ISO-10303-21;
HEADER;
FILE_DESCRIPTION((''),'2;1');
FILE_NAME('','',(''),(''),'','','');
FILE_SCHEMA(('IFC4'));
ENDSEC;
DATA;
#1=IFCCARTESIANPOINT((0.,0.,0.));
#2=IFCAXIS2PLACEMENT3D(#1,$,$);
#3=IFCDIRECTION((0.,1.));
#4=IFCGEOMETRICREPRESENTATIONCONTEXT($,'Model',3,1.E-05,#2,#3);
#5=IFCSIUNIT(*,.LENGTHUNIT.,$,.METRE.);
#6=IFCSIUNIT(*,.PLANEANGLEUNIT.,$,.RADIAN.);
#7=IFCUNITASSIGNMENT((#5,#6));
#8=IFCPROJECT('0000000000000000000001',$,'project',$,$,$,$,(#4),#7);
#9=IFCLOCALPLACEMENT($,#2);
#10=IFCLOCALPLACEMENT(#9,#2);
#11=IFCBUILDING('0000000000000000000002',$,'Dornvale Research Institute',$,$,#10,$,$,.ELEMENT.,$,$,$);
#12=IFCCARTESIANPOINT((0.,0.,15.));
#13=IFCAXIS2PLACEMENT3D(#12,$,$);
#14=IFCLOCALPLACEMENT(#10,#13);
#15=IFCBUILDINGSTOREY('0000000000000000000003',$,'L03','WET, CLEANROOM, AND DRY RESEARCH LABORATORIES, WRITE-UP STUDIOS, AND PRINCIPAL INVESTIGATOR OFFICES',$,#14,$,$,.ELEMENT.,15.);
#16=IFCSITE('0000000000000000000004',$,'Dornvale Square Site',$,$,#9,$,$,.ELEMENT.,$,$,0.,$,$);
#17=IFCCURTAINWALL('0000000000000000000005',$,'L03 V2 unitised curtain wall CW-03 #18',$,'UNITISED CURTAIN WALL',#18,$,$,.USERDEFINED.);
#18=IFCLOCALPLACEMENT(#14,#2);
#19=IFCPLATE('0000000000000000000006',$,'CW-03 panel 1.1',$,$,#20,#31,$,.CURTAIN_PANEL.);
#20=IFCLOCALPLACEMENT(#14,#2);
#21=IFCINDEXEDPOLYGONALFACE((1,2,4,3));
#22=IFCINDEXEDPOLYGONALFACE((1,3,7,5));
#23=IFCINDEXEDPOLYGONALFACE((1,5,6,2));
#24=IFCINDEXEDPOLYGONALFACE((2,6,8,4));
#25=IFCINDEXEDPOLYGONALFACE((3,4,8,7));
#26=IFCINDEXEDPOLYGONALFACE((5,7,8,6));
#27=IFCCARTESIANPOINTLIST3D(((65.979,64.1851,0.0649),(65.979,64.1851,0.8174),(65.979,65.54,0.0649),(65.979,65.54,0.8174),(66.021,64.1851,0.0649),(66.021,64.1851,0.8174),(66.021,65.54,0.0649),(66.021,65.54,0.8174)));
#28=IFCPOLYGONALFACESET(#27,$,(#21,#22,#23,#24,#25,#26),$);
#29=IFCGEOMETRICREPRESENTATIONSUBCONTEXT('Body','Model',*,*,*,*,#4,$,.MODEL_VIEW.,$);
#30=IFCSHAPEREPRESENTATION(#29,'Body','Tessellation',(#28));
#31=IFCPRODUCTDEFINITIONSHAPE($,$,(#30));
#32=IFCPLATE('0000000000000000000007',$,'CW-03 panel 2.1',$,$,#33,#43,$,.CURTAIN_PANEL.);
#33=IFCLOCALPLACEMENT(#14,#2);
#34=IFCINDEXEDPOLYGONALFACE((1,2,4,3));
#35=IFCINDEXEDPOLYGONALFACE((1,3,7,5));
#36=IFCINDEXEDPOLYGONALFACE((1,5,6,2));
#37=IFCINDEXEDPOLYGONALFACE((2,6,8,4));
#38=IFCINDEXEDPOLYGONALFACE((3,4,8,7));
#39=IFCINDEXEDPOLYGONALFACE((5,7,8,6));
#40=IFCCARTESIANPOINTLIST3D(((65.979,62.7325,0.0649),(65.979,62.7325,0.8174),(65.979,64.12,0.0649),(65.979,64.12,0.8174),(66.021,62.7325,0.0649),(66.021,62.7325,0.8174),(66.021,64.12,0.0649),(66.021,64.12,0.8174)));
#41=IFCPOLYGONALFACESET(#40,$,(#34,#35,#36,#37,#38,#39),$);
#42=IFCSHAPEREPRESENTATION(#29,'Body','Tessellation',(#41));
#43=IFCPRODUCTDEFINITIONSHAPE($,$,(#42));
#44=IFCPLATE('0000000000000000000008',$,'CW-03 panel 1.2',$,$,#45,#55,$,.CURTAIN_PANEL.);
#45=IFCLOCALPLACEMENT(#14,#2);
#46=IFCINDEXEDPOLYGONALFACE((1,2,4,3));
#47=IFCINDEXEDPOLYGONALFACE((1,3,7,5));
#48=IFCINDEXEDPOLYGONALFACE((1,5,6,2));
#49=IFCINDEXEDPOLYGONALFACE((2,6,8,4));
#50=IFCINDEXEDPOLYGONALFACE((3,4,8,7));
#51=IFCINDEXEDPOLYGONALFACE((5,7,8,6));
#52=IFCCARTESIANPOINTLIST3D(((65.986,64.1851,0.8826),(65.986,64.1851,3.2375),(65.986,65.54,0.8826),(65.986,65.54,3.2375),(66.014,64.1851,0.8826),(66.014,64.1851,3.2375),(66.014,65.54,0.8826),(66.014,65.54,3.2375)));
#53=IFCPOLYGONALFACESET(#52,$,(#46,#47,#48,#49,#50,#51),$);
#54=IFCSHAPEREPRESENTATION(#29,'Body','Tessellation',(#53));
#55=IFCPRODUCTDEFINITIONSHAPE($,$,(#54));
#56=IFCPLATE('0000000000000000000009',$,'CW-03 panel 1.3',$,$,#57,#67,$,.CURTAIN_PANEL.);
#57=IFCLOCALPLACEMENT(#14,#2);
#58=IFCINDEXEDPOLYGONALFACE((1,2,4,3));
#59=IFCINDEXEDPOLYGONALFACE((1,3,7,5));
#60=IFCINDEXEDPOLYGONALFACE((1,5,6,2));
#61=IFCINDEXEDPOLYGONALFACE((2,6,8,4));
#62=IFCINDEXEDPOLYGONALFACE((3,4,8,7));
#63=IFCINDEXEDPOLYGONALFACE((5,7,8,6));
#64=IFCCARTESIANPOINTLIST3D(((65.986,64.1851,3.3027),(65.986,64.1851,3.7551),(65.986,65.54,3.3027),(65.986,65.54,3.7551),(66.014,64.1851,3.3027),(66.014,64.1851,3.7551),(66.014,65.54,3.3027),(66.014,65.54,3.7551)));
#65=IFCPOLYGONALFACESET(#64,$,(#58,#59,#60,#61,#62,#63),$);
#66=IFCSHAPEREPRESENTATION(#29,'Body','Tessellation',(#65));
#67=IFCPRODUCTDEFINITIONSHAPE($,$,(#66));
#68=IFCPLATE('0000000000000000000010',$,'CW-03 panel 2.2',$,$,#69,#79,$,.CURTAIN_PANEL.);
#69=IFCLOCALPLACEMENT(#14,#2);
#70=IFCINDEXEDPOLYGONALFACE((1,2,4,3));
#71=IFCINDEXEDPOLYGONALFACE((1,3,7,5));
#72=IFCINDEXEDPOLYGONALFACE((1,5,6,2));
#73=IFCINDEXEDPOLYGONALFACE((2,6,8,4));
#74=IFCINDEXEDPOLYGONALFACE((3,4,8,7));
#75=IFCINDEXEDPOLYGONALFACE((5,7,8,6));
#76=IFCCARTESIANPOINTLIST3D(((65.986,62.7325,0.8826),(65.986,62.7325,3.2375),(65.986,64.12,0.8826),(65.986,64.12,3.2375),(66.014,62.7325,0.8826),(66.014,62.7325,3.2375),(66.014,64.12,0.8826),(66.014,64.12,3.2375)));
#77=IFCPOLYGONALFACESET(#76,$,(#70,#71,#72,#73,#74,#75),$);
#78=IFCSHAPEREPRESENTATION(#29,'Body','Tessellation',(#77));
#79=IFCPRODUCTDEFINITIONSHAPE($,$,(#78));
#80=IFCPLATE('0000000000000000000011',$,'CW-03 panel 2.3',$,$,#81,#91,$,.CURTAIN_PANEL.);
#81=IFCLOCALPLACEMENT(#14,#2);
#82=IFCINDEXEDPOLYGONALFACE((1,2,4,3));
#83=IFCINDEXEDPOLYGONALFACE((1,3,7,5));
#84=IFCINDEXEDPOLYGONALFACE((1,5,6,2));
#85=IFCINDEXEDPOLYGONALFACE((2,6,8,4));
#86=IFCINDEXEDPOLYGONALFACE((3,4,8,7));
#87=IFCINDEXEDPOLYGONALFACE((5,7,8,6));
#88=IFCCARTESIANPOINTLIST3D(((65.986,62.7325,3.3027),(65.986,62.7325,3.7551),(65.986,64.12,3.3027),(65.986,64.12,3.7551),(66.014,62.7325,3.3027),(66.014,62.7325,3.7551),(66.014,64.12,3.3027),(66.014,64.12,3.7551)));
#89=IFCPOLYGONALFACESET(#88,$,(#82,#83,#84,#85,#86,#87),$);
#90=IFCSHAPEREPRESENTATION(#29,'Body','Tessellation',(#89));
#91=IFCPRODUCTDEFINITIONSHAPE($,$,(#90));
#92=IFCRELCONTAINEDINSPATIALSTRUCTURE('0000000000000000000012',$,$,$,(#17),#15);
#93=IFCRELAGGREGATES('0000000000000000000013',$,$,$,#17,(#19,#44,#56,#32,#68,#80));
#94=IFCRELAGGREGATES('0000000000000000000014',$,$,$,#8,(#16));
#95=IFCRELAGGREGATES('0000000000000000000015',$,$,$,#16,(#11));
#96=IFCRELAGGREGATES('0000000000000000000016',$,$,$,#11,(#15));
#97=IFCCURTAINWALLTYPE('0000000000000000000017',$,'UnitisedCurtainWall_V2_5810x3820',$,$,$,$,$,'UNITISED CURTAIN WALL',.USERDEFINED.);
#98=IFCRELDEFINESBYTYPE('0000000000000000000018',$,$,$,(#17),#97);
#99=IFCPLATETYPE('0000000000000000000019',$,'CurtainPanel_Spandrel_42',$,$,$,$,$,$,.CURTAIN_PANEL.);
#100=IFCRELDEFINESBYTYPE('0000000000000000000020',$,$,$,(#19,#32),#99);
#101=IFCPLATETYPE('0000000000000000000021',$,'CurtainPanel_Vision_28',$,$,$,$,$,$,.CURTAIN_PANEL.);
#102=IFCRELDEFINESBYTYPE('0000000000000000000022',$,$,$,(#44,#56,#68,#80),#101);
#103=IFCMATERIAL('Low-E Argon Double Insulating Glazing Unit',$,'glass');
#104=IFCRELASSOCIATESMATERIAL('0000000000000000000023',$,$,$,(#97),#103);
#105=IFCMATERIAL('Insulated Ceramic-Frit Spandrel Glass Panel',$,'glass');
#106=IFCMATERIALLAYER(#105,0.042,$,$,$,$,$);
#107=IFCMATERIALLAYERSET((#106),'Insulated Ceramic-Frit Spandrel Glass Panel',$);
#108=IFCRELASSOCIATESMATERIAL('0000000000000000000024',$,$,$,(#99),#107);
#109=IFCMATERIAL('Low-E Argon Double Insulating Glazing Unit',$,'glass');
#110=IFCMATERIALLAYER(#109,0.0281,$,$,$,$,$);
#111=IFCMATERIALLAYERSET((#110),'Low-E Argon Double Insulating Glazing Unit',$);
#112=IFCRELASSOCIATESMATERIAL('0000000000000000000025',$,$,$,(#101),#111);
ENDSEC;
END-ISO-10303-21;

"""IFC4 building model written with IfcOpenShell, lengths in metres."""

from ifc_helpers import new_model, si_unit, direction, frame, origin, origin_2d, place, context, subcontext, project, spatial, rectangle, extrude, material, layer, layer_set, type_object, element, aggregate, save


model = new_model("IFC4")

# Units and contexts
model_context = context("Model", 3, precision=1e-05, world=origin(), true_north=direction((0.0, 1.0)))
body_context = subcontext(model_context, "Body", "Model", "MODEL_VIEW")
ifc_project = project(units=[si_unit("LENGTHUNIT", "METRE"), si_unit("PLANEANGLEUNIT", "RADIAN")], contexts=[model_context])

# Site, building, storey
site_placement = place(None, origin())
site = spatial("IfcSite", under=ifc_project, at=site_placement, Name="Dornvale Square Site", CompositionType="ELEMENT", RefElevation=0.0)
building_placement = place(site_placement, origin())
building = spatial("IfcBuilding", under=site, at=building_placement, Name="Dornvale Research Institute", CompositionType="ELEMENT")
storey_placement = place(building_placement, frame((0.0, 0.0, 15.0)))
storey = spatial("IfcBuildingStorey", under=building, at=storey_placement, Name="L03", Description="WET, CLEANROOM, AND DRY RESEARCH LABORATORIES, WRITE-UP STUDIOS, AND PRINCIPAL INVESTIGATOR OFFICES", CompositionType="ELEMENT", Elevation=15.0)

# Curtain wall, plates
ifc_material_1 = material(Name="Low-E Argon Double Insulating Glazing Unit", Category="glass")
curtain_wall_type = type_object("IfcCurtainWallType", Name="UnitisedCurtainWall_V2_5810x3820", ElementType="UNITISED CURTAIN WALL", PredefinedType="USERDEFINED", material=ifc_material_1)
curtain_wall_placement = place(storey_placement, origin())
curtain_wall = element("IfcCurtainWall", 1, at=curtain_wall_placement, inside=storey, type_object=curtain_wall_type, Name="L03 V2 unitised curtain wall CW-03 #18", ObjectType="UNITISED CURTAIN WALL", PredefinedType="USERDEFINED")
ifc_material_2 = material(Name="Insulated Ceramic-Frit Spandrel Glass Panel", Category="glass")
ifc_layer_1 = layer(ifc_material_2, 0.042)
ifc_layer_set_1 = layer_set([ifc_layer_1], Name="Insulated Ceramic-Frit Spandrel Glass Panel")
plate_type_1 = type_object("IfcPlateType", Name="CurtainPanel_Spandrel_42", PredefinedType="CURTAIN_PANEL", material=ifc_layer_set_1)
plate_1_placement = place(storey_placement, frame((66.0, 64.8625, 0.0649), z_axis=(0.0, 0.0, 1.0), x_axis=(0.0, -1.0, 0.0)))
plate_1 = element("IfcPlate", 2, at=plate_1_placement, type_object=plate_type_1, Name="CW-03 panel 1.1", PredefinedType="CURTAIN_PANEL", context=body_context, shape_type="SweptSolid", body=[
    extrude(rectangle(XDim=1.355, YDim=0.042, at=origin_2d()), origin(), (0.0, 0.0, 1.0), 0.7524),
])
plate_2_placement = place(storey_placement, frame((66.0, 63.4263, 0.0649), z_axis=(0.0, 0.0, 1.0), x_axis=(0.0, -1.0, 0.0)))
plate_2 = element("IfcPlate", 3, at=plate_2_placement, type_object=plate_type_1, Name="CW-03 panel 2.1", PredefinedType="CURTAIN_PANEL", context=body_context, shape_type="SweptSolid", body=[
    extrude(rectangle(XDim=1.3875, YDim=0.042, at=origin_2d()), origin(), (0.0, 0.0, 1.0), 0.7524),
])
ifc_material_3 = material(Name="Low-E Argon Double Insulating Glazing Unit", Category="glass")
ifc_layer_2 = layer(ifc_material_3, 0.0281)
ifc_layer_set_2 = layer_set([ifc_layer_2], Name="Low-E Argon Double Insulating Glazing Unit")
plate_type_2 = type_object("IfcPlateType", Name="CurtainPanel_Vision_28", PredefinedType="CURTAIN_PANEL", material=ifc_layer_set_2)
plate_3_placement = place(storey_placement, frame((66.0, 64.8625, 0.8826), z_axis=(0.0, 0.0, 1.0), x_axis=(0.0, -1.0, 0.0)))
plate_3 = element("IfcPlate", 4, at=plate_3_placement, type_object=plate_type_2, Name="CW-03 panel 1.2", PredefinedType="CURTAIN_PANEL", context=body_context, shape_type="SweptSolid", body=[
    extrude(rectangle(XDim=1.355, YDim=0.0281, at=origin_2d()), origin(), (0.0, 0.0, 1.0), 2.355),
])
plate_4_placement = place(storey_placement, frame((66.0, 64.8625, 3.3027), z_axis=(0.0, 0.0, 1.0), x_axis=(0.0, -1.0, 0.0)))
plate_4 = element("IfcPlate", 5, at=plate_4_placement, type_object=plate_type_2, Name="CW-03 panel 1.3", PredefinedType="CURTAIN_PANEL", context=body_context, shape_type="SweptSolid", body=[
    extrude(rectangle(XDim=1.355, YDim=0.0281, at=origin_2d()), origin(), (0.0, 0.0, 1.0), 0.4524),
])
plate_5_placement = place(storey_placement, frame((66.0, 63.4263, 0.8826), z_axis=(0.0, 0.0, 1.0), x_axis=(0.0, -1.0, 0.0)))
plate_5 = element("IfcPlate", 6, at=plate_5_placement, type_object=plate_type_2, Name="CW-03 panel 2.2", PredefinedType="CURTAIN_PANEL", context=body_context, shape_type="SweptSolid", body=[
    extrude(rectangle(XDim=1.3875, YDim=0.0281, at=origin_2d()), origin(), (0.0, 0.0, 1.0), 2.355),
])
plate_6_placement = place(storey_placement, frame((66.0, 63.4263, 3.3027), z_axis=(0.0, 0.0, 1.0), x_axis=(0.0, -1.0, 0.0)))
plate_6 = element("IfcPlate", 7, at=plate_6_placement, type_object=plate_type_2, Name="CW-03 panel 2.3", PredefinedType="CURTAIN_PANEL", context=body_context, shape_type="SweptSolid", body=[
    extrude(rectangle(XDim=1.3875, YDim=0.0281, at=origin_2d()), origin(), (0.0, 0.0, 1.0), 0.4524),
])
aggregate(curtain_wall, [plate_1, plate_3, plate_4, plate_2, plate_5, plate_6])

save(model, "model.ifc")
